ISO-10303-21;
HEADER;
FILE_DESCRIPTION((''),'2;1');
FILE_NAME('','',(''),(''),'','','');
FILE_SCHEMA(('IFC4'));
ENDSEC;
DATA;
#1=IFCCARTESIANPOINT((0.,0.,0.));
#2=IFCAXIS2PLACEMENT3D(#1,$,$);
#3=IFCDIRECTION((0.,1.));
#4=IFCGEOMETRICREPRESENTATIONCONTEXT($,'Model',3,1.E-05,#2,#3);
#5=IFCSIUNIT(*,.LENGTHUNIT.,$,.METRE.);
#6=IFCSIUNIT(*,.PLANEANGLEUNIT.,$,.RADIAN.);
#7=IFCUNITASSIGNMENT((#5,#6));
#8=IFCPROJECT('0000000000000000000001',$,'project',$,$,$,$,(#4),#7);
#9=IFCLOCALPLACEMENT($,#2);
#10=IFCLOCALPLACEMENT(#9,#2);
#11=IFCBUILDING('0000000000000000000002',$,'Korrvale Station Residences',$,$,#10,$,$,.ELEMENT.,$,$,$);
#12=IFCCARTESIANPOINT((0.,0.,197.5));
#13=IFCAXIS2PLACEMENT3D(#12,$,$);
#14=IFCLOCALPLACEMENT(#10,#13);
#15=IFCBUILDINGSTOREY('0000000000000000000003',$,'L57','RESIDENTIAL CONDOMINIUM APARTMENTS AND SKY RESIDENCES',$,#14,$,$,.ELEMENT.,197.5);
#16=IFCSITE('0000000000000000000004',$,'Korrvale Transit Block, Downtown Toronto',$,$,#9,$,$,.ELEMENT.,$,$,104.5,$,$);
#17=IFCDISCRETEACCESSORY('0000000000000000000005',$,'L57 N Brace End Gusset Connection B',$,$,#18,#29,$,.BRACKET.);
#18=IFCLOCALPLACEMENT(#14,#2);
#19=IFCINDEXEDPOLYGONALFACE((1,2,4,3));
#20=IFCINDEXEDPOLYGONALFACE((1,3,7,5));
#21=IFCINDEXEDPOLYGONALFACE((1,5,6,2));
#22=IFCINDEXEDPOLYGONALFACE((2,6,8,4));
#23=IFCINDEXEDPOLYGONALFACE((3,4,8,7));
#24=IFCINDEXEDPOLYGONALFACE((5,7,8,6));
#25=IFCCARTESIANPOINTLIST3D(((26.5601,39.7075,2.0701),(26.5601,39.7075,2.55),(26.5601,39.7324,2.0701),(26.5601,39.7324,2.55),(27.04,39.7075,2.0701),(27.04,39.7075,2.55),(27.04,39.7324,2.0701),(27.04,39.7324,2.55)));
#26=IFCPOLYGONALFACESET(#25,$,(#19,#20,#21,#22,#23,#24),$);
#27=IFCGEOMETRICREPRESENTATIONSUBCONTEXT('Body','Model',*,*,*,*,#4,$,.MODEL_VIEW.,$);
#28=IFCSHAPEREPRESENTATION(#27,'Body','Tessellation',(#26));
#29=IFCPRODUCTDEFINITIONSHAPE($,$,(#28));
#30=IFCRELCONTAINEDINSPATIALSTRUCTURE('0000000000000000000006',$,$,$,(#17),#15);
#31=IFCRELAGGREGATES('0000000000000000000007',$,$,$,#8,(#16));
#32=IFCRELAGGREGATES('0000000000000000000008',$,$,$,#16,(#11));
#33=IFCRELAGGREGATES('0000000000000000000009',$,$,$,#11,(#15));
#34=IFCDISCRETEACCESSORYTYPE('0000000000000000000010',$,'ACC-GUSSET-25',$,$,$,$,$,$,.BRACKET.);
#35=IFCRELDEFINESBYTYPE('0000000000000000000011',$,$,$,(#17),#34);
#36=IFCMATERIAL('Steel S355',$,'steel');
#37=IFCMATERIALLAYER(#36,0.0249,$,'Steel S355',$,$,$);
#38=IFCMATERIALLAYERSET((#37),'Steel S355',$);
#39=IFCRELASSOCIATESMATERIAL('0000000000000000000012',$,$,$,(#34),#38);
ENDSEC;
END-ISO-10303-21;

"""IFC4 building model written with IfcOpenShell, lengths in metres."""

from ifc_helpers import new_model, si_unit, direction, frame, origin, origin_2d, place, context, subcontext, project, spatial, rectangle, extrude, material, layer, layer_set, type_object, element, save


model = new_model("IFC4")

# Units and contexts
model_context = context("Model", 3, precision=1e-05, world=origin(), true_north=direction((0.0, 1.0)))
body_context = subcontext(model_context, "Body", "Model", "MODEL_VIEW")
ifc_project = project(units=[si_unit("LENGTHUNIT", "METRE"), si_unit("PLANEANGLEUNIT", "RADIAN")], contexts=[model_context])

# Site, building, storey
site_placement = place(None, origin())
site = spatial("IfcSite", under=ifc_project, at=site_placement, Name="Korrvale Transit Block, Downtown Toronto", CompositionType="ELEMENT", RefElevation=104.5)
building_placement = place(site_placement, origin())
building = spatial("IfcBuilding", under=site, at=building_placement, Name="Korrvale Station Residences", CompositionType="ELEMENT")
storey_placement = place(building_placement, frame((0.0, 0.0, 197.5)))
storey = spatial("IfcBuildingStorey", under=building, at=storey_placement, Name="L57", Description="RESIDENTIAL CONDOMINIUM APARTMENTS AND SKY RESIDENCES", CompositionType="ELEMENT", Elevation=197.5)

# Shared definitions
ifc_material_1 = material(Name="Steel S355", Category="steel")

# Discrete accessory
ifc_layer_1 = layer(ifc_material_1, 0.0249, Name="Steel S355")
ifc_layer_set_1 = layer_set([ifc_layer_1], Name="Steel S355")
discrete_accessory_type = type_object("IfcDiscreteAccessoryType", Name="ACC-GUSSET-25", PredefinedType="BRACKET", material=ifc_layer_set_1)
for number, where, z_axis, x_axis, name in (
    (1, (26.8, 39.72, 2.0701), (0.0, 0.0, 1.0), (1.0, 0.0, 0.0), "L57 N Brace End Gusset Connection B"),
):
    element("IfcDiscreteAccessory", number, at=place(storey_placement, frame(where, z_axis=z_axis, x_axis=x_axis)), inside=storey, type_object=discrete_accessory_type, Name=name, PredefinedType="BRACKET", context=body_context, shape_type="SweptSolid", body=[
        extrude(rectangle(XDim=0.48, YDim=0.0249, at=origin_2d()), origin(), (0.0, 0.0, 1.0), 0.48),
    ])

save(model, "model.ifc")
